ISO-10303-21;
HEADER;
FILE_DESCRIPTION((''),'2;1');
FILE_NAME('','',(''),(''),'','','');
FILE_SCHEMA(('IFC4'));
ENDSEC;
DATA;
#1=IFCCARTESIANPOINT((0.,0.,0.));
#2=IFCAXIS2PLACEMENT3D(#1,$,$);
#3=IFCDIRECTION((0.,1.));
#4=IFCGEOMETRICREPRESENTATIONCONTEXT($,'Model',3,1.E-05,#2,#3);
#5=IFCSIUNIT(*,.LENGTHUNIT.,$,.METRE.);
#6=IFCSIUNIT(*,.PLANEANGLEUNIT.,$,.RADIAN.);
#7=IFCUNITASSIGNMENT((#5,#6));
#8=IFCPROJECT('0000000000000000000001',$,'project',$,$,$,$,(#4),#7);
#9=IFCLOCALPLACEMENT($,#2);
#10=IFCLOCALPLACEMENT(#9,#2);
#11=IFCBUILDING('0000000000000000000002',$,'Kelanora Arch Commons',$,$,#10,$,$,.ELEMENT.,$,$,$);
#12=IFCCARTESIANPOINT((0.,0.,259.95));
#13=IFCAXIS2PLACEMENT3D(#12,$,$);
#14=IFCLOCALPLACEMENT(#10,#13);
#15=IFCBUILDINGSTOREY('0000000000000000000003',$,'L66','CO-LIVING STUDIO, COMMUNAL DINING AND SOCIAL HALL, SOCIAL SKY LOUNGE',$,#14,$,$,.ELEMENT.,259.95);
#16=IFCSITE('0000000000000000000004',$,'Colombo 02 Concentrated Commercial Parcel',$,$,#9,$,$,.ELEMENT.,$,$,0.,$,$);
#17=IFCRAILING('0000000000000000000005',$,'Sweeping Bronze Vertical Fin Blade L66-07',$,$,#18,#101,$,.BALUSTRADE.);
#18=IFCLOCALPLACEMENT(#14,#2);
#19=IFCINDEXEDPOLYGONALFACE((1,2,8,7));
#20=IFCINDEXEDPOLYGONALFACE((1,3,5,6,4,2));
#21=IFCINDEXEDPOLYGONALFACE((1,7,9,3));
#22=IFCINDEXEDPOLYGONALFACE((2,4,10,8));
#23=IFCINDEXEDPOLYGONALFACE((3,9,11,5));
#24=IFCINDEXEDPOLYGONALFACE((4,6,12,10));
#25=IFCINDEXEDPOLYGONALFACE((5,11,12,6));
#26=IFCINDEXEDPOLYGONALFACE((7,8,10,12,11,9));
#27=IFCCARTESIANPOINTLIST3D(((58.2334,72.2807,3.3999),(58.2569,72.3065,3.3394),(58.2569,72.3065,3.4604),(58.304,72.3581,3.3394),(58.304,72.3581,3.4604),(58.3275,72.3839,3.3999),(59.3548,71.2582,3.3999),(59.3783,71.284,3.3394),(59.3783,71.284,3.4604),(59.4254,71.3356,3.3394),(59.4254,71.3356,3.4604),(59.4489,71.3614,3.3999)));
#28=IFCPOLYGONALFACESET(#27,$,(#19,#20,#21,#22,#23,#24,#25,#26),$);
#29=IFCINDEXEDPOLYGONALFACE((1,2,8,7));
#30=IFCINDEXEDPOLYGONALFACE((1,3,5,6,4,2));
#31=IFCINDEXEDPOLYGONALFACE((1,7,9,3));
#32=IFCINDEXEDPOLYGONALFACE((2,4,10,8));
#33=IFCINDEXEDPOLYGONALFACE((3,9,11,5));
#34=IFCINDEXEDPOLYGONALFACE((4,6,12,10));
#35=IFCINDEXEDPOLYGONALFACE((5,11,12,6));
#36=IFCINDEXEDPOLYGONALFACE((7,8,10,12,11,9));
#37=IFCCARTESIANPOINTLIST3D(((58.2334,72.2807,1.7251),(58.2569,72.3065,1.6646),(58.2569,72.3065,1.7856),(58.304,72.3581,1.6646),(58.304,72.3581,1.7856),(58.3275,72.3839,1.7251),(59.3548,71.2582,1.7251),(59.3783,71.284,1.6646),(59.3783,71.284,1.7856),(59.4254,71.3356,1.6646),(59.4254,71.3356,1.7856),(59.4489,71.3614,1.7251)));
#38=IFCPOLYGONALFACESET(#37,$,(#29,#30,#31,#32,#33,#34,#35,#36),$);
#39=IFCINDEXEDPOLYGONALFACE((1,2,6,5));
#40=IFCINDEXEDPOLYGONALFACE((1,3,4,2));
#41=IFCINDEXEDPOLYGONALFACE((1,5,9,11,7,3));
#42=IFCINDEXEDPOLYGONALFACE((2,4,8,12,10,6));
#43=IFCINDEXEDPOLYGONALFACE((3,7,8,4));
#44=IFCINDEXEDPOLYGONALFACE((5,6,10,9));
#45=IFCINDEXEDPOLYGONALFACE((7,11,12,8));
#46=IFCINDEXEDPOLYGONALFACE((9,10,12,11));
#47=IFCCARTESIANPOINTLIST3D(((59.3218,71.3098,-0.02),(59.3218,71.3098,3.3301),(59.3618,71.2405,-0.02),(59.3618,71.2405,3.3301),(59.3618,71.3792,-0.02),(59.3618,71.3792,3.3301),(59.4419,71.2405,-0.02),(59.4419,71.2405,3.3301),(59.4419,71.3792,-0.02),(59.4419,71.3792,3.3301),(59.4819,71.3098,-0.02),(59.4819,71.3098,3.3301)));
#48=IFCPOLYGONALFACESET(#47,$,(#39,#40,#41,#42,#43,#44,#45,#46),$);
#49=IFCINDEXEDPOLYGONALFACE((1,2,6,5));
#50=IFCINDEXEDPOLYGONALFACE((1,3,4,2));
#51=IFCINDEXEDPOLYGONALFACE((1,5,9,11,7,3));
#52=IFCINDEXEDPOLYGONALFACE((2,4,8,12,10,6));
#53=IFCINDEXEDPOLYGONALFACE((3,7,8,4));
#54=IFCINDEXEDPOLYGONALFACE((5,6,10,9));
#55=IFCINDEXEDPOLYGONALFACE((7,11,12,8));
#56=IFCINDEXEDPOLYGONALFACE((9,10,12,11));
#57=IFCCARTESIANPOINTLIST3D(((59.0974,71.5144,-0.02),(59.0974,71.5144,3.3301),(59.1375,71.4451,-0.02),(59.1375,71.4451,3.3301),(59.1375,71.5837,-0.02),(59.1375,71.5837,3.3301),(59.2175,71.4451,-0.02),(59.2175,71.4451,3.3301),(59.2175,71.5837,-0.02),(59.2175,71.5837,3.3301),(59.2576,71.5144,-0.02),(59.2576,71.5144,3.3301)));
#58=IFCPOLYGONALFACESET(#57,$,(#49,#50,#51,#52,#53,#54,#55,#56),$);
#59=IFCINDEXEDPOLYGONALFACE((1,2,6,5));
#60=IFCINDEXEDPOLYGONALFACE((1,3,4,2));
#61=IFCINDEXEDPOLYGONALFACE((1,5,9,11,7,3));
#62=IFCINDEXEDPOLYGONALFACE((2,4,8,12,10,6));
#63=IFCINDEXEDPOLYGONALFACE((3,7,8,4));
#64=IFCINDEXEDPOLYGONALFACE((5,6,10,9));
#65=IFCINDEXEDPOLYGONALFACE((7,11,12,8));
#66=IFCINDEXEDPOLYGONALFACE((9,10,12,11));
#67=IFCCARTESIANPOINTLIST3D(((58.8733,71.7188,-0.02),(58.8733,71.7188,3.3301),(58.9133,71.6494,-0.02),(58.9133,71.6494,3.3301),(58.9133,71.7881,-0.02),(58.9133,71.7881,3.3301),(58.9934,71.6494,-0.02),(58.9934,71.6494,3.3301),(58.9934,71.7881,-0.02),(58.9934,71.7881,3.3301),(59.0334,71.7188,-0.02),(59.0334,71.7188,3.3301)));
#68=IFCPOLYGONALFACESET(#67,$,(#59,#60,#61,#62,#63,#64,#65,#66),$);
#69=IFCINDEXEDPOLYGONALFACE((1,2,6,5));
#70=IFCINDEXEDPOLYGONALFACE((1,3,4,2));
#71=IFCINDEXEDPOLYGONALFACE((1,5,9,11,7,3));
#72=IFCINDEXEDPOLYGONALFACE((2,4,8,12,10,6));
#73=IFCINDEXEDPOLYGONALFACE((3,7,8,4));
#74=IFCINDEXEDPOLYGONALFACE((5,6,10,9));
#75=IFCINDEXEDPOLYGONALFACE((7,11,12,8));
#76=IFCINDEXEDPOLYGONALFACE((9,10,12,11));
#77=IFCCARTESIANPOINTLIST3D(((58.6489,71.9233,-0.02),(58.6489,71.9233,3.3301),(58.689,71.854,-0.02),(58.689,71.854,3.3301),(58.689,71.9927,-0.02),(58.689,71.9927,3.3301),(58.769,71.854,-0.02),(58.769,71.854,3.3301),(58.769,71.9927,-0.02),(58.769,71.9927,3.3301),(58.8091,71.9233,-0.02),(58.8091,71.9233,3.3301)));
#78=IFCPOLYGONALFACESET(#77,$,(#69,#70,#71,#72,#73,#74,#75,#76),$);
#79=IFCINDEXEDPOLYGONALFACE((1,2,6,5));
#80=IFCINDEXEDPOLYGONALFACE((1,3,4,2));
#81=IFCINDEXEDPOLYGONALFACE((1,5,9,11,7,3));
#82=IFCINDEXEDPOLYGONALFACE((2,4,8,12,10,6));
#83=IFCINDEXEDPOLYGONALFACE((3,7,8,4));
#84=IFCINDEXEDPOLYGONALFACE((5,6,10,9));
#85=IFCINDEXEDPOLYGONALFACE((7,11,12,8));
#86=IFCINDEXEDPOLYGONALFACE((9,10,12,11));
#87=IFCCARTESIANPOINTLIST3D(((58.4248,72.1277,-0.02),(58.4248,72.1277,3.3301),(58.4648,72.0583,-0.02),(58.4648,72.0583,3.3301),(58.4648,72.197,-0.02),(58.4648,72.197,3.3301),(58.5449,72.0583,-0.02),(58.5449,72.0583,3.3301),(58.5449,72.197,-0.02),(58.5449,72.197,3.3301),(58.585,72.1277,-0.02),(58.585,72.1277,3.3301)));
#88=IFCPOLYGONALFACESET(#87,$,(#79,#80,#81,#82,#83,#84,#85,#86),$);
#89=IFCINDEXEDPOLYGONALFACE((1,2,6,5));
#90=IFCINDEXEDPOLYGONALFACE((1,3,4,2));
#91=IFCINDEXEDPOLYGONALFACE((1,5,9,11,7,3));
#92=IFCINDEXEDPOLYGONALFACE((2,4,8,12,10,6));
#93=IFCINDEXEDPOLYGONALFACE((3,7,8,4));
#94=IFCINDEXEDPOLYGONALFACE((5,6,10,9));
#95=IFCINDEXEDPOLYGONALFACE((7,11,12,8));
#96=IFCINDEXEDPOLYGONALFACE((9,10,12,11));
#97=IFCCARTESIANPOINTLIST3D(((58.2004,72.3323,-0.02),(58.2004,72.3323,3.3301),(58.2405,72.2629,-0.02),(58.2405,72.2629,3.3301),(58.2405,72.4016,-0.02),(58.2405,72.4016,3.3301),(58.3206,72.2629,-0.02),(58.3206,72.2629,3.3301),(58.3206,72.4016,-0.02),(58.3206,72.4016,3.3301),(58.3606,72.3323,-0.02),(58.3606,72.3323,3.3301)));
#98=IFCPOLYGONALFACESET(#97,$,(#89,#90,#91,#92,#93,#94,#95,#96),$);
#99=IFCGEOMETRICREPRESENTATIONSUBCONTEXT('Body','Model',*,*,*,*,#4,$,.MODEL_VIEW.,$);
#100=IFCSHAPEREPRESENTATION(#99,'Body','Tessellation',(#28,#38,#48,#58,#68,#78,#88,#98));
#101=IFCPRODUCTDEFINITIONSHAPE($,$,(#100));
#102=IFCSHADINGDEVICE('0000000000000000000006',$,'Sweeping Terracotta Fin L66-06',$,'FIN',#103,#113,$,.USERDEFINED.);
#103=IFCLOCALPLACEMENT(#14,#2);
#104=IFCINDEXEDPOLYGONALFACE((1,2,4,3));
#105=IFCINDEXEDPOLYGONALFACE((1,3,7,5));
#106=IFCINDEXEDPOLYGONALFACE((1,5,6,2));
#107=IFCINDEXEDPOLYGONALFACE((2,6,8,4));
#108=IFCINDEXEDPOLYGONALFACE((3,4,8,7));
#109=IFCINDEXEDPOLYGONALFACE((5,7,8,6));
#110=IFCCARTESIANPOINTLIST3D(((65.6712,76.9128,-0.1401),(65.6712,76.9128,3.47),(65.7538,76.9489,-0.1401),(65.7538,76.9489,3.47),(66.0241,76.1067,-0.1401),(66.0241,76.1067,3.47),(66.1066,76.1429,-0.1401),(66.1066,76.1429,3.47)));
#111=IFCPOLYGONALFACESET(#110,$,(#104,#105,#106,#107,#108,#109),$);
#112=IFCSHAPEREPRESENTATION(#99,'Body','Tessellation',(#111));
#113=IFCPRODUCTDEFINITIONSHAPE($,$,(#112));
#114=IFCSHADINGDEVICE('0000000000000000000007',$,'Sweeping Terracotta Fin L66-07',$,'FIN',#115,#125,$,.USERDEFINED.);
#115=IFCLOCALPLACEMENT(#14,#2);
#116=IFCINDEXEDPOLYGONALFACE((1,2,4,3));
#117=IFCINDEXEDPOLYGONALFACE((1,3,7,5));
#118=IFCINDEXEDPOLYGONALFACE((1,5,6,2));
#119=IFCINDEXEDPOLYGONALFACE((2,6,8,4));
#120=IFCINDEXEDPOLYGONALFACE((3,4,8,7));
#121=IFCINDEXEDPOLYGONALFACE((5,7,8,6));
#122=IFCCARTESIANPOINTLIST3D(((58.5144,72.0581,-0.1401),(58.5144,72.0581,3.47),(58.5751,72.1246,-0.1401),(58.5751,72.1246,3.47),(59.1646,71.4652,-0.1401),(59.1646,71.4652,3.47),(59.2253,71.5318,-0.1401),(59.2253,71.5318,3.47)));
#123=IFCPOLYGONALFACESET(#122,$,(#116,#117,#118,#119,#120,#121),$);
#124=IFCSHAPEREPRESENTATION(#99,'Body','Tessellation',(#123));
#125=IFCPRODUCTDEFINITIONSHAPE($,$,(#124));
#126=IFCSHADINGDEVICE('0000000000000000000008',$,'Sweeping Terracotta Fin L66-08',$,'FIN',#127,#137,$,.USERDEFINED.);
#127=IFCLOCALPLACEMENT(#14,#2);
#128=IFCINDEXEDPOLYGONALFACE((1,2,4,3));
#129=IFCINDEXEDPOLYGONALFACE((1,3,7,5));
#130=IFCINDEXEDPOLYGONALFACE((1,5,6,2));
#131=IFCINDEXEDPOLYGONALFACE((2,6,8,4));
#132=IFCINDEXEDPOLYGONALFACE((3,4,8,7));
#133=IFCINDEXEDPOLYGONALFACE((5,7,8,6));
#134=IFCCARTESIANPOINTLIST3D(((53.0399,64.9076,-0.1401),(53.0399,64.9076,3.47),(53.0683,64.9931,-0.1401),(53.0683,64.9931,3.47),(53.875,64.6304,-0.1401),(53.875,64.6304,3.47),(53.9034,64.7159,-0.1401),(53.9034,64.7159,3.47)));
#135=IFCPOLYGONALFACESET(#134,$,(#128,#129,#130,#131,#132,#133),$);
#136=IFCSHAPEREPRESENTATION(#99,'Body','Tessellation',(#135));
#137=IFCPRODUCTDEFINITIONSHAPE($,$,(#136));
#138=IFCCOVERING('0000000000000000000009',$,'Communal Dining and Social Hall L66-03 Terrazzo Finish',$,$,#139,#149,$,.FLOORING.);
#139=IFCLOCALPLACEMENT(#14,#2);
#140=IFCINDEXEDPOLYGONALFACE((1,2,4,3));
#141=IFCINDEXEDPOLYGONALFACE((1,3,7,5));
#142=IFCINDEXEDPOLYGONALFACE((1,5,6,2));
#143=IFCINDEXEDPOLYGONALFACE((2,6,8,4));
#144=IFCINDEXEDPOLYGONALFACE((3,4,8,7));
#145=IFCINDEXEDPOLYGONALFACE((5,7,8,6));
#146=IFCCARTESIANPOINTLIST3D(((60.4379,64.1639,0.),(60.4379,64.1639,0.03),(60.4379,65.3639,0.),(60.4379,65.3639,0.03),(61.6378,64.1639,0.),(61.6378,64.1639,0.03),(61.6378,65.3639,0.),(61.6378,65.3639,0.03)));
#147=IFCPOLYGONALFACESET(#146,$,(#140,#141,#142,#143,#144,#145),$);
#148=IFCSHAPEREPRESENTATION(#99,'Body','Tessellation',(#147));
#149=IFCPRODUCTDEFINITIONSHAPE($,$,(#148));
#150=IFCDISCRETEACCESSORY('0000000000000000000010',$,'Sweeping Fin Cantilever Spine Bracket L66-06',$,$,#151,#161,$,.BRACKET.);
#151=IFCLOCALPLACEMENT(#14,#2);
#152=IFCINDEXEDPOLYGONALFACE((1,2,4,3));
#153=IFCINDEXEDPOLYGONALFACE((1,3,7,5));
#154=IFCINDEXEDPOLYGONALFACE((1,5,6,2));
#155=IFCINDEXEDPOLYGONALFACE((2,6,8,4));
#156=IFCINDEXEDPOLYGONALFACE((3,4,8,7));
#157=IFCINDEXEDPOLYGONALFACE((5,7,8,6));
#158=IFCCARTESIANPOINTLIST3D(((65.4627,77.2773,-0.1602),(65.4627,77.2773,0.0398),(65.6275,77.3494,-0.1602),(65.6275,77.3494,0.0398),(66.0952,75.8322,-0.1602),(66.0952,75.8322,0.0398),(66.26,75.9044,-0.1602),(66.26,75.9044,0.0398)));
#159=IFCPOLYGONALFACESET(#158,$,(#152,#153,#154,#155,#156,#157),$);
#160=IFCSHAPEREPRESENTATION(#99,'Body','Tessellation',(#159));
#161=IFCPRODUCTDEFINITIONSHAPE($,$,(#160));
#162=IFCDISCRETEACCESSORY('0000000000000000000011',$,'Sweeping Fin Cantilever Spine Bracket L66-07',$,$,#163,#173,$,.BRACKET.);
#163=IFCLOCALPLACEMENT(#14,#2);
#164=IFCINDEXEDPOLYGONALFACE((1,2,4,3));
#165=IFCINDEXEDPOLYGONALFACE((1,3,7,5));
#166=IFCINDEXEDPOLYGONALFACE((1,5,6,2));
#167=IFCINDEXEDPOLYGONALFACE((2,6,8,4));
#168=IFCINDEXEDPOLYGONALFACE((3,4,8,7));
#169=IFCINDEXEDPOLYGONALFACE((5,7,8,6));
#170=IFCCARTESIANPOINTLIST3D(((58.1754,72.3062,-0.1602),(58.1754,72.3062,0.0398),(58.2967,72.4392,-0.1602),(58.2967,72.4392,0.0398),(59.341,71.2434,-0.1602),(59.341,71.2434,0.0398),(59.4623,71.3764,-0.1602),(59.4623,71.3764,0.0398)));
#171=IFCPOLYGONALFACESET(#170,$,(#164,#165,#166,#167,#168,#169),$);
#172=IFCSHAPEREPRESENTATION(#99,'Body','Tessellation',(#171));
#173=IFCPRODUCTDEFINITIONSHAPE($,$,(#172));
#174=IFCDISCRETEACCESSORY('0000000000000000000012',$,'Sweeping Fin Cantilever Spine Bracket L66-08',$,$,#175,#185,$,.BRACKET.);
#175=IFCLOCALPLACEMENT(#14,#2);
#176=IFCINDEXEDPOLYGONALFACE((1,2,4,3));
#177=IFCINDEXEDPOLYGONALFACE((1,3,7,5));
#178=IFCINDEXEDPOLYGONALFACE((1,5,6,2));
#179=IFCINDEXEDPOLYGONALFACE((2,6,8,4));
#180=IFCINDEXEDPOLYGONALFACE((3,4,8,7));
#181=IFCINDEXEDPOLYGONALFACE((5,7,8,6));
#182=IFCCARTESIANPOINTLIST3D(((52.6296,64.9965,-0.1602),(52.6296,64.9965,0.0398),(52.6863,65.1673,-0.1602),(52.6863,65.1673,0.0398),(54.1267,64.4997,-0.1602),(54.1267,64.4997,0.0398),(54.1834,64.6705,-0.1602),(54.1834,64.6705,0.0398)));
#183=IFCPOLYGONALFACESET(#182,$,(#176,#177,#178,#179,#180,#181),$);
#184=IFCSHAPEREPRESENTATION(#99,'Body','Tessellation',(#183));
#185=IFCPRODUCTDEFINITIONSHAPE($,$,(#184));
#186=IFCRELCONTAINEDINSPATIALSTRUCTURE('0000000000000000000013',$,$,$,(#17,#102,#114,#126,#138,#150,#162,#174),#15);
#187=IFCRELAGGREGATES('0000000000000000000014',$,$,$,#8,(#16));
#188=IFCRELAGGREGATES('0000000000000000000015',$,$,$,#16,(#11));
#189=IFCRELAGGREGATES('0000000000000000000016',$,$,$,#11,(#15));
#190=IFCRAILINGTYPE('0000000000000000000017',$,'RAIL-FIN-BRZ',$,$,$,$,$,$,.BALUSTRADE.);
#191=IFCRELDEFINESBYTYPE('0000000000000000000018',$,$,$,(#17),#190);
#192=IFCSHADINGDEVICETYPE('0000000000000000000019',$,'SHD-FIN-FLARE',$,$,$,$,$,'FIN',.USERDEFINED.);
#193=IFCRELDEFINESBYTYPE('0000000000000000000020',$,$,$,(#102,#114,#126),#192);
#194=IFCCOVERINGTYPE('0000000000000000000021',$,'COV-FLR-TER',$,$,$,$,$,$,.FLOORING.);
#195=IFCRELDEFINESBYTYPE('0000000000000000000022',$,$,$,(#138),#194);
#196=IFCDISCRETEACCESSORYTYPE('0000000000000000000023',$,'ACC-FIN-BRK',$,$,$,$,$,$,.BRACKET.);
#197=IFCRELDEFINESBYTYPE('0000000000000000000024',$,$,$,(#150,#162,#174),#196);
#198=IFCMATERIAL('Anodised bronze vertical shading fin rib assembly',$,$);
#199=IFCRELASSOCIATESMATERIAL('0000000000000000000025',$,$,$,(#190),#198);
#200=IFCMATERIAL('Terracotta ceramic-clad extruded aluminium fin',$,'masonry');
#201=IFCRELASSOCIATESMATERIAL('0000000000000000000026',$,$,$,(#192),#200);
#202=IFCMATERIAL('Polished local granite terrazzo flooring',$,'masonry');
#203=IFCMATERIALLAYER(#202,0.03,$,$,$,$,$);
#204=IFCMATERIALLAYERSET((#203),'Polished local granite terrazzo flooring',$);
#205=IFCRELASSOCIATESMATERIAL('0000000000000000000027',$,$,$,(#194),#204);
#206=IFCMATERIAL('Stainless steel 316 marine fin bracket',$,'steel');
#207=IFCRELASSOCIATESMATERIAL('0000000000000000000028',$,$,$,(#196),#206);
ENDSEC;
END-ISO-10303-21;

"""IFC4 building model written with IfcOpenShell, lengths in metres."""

from ifc_helpers import new_model, si_unit, direction, frame, origin, origin_2d, place, context, subcontext, project, spatial, polyline, rectangle, outline, extrude, source, transform, mapped, material, layer, layer_set, type_object, element, save


model = new_model("IFC4")

# Units and contexts
model_context = context("Model", 3, precision=1e-05, world=origin(), true_north=direction((0.0, 1.0)))
body_context = subcontext(model_context, "Body", "Model", "MODEL_VIEW")
ifc_project = project(units=[si_unit("LENGTHUNIT", "METRE"), si_unit("PLANEANGLEUNIT", "RADIAN")], contexts=[model_context])

# Site, building, storey
site_placement = place(None, origin())
site = spatial("IfcSite", under=ifc_project, at=site_placement, Name="Colombo 02 Concentrated Commercial Parcel", CompositionType="ELEMENT", RefElevation=0.0)
building_placement = place(site_placement, origin())
building = spatial("IfcBuilding", under=site, at=building_placement, Name="Kelanora Arch Commons", CompositionType="ELEMENT")
storey_placement = place(building_placement, frame((0.0, 0.0, 259.95)))
storey = spatial("IfcBuildingStorey", under=building, at=storey_placement, Name="L66", Description="CO-LIVING STUDIO, COMMUNAL DINING AND SOCIAL HALL, SOCIAL SKY LOUNGE", CompositionType="ELEMENT", Elevation=259.95)

# Railing
ifc_material_1 = material(Name="Anodised bronze vertical shading fin rib assembly")
railing_type = type_object("IfcRailingType", Name="RAIL-FIN-BRZ", PredefinedType="BALUSTRADE", material=ifc_material_1)
railing_placement = place(storey_placement, frame((59.4019, 71.3098, -0.02)))
element("IfcRailing", 1, at=railing_placement, inside=storey, type_object=railing_type, Name="Sweeping Bronze Vertical Fin Blade L66-07", PredefinedType="BALUSTRADE", context=body_context, shape_type="SweptSolid", body=[
    extrude(outline(polyline([(0.0698, 0.0), (0.0349, 0.0605), (-0.0349, 0.0605), (-0.0698, 0.0), (-0.0349, -0.0605), (0.0349, -0.0605), (0.0698, 0.0)])), frame((0.0, 0.0, 3.4199), z_axis=(-0.738935, 0.673777, 0.0), x_axis=(-0.673777, -0.738935, 0.0)), (0.0, 0.0, 1.0), 1.5176),
    extrude(outline(polyline([(0.0698, 0.0), (0.0349, 0.0605), (-0.0349, 0.0605), (-0.0698, 0.0), (-0.0349, -0.0605), (0.0349, -0.0605), (0.0698, 0.0)])), frame((0.0, 0.0, 1.7451), z_axis=(-0.738935, 0.673777, 0.0), x_axis=(-0.673777, -0.738935, 0.0)), (0.0, 0.0, 1.0), 1.5176),
    extrude(outline(polyline([(0.0801, 0.0), (0.04, 0.0693), (-0.04, 0.0693), (-0.0801, 0.0), (-0.04, -0.0693), (0.04, -0.0693), (0.0801, 0.0)])), origin(), (0.0, 0.0, 1.0), 3.3501),
    extrude(outline(polyline([(0.0801, 0.0), (0.04, 0.0693), (-0.04, 0.0693), (-0.0801, 0.0), (-0.04, -0.0693), (0.04, -0.0693), (0.0801, 0.0)])), frame((-0.2244, 0.2046, 0.0)), (0.0, 0.0, 1.0), 3.3501),
    extrude(outline(polyline([(0.0801, 0.0), (0.04, 0.0693), (-0.04, 0.0693), (-0.0801, 0.0), (-0.04, -0.0693), (0.04, -0.0693), (0.0801, 0.0)])), frame((-0.4485, 0.4089, 0.0)), (0.0, 0.0, 1.0), 3.3501),
    extrude(outline(polyline([(0.0801, 0.0), (0.04, 0.0693), (-0.04, 0.0693), (-0.0801, 0.0), (-0.04, -0.0693), (0.04, -0.0693), (0.0801, 0.0)])), frame((-0.6729, 0.6135, 0.0)), (0.0, 0.0, 1.0), 3.3501),
    extrude(outline(polyline([(0.0801, 0.0), (0.04, 0.0693), (-0.04, 0.0693), (-0.0801, 0.0), (-0.04, -0.0693), (0.04, -0.0693), (0.0801, 0.0)])), frame((-0.897, 0.8179, 0.0)), (0.0, 0.0, 1.0), 3.3501),
    extrude(outline(polyline([(0.0801, 0.0), (0.04, 0.0693), (-0.04, 0.0693), (-0.0801, 0.0), (-0.04, -0.0693), (0.04, -0.0693), (0.0801, 0.0)])), frame((-1.1213, 1.0225, 0.0)), (0.0, 0.0, 1.0), 3.3501),
])

# Shading devices
ifc_material_2 = material(Name="Terracotta ceramic-clad extruded aluminium fin", Category="masonry")
shading_device_type = type_object("IfcShadingDeviceType", Name="SHD-FIN-FLARE", ElementType="FIN", PredefinedType="USERDEFINED", material=ifc_material_2)
shared_shape_1 = source(origin(), body_context, "Body", "SweptSolid", [
    extrude(rectangle(XDim=0.8799, YDim=0.0901, at=origin_2d()), origin(), (0.0, 0.0, 1.0), 3.6101),
])
for number, where, z_axis, x_axis, name in (
    (2, (65.8889, 76.5278, -0.1401), (0.0, 0.0, 1.0), (-0.400989, 0.916083, 0.0), "Sweeping Terracotta Fin L66-06"),
    (3, (58.8699, 71.7949, -0.1401), (0.0, 0.0, 1.0), (-0.738926, 0.673787, 0.0), "Sweeping Terracotta Fin L66-07"),
    (4, (53.4717, 64.8118, -0.1401), (0.0, 0.0, 1.0), (-0.949096, 0.314987, 0.0), "Sweeping Terracotta Fin L66-08"),
):
    element("IfcShadingDevice", number, at=place(storey_placement, frame(where, z_axis=z_axis, x_axis=x_axis)), inside=storey, type_object=shading_device_type, Name=name, ObjectType="FIN", PredefinedType="USERDEFINED", context=body_context, shape_type="MappedRepresentation", body=[
        mapped(shared_shape_1, transform((0.0, 0.0, 0.0), scale=1.0)),
    ])

# Covering
ifc_material_3 = material(Name="Polished local granite terrazzo flooring", Category="masonry")
ifc_layer_1 = layer(ifc_material_3, 0.03)
ifc_layer_set_1 = layer_set([ifc_layer_1], Name="Polished local granite terrazzo flooring")
covering_type = type_object("IfcCoveringType", Name="COV-FLR-TER", PredefinedType="FLOORING", material=ifc_layer_set_1)
shared_shape_2 = source(origin(), body_context, "Body", "SweptSolid", [
    extrude(rectangle(XDim=1.2, YDim=1.2, at=origin_2d()), origin(), (0.0, 0.0, 1.0), 0.03),
])
covering_placement = place(storey_placement, frame((61.0378, 64.7639, 0.0), z_axis=(0.0, 0.0, 1.0), x_axis=(1.0, 0.0, 0.0)))
element("IfcCovering", 5, at=covering_placement, inside=storey, type_object=covering_type, Name="Communal Dining and Social Hall L66-03 Terrazzo Finish", PredefinedType="FLOORING", context=body_context, shape_type="MappedRepresentation", body=[
    mapped(shared_shape_2, transform((0.0, 0.0, 0.0), scale=1.0)),
])

# Discrete accessories
ifc_material_4 = material(Name="Stainless steel 316 marine fin bracket", Category="steel")
discrete_accessory_type = type_object("IfcDiscreteAccessoryType", Name="ACC-FIN-BRK", PredefinedType="BRACKET", material=ifc_material_4)
shared_shape_3 = source(origin(), body_context, "Body", "SweptSolid", [
    extrude(rectangle(XDim=1.5774, YDim=0.1799, at=origin_2d()), origin(), (0.0, 0.0, 1.0), 0.2),
])
for number, where, z_axis, x_axis, name in (
    (6, (65.8613, 76.5908, -0.1602), (0.0, 0.0, 1.0), (-0.400989, 0.916083, 0.0), "Sweeping Fin Cantilever Spine Bracket L66-06"),
    (7, (58.8188, 71.8413, -0.1602), (0.0, 0.0, 1.0), (-0.738926, 0.673787, 0.0), "Sweeping Fin Cantilever Spine Bracket L66-07"),
    (8, (53.4065, 64.8335, -0.1602), (0.0, 0.0, 1.0), (-0.949096, 0.314987, 0.0), "Sweeping Fin Cantilever Spine Bracket L66-08"),
):
    element("IfcDiscreteAccessory", number, at=place(storey_placement, frame(where, z_axis=z_axis, x_axis=x_axis)), inside=storey, type_object=discrete_accessory_type, Name=name, PredefinedType="BRACKET", context=body_context, shape_type="MappedRepresentation", body=[
        mapped(shared_shape_3, transform((0.0, 0.0, 0.0), scale=1.0)),
    ])

save(model, "model.ifc")
